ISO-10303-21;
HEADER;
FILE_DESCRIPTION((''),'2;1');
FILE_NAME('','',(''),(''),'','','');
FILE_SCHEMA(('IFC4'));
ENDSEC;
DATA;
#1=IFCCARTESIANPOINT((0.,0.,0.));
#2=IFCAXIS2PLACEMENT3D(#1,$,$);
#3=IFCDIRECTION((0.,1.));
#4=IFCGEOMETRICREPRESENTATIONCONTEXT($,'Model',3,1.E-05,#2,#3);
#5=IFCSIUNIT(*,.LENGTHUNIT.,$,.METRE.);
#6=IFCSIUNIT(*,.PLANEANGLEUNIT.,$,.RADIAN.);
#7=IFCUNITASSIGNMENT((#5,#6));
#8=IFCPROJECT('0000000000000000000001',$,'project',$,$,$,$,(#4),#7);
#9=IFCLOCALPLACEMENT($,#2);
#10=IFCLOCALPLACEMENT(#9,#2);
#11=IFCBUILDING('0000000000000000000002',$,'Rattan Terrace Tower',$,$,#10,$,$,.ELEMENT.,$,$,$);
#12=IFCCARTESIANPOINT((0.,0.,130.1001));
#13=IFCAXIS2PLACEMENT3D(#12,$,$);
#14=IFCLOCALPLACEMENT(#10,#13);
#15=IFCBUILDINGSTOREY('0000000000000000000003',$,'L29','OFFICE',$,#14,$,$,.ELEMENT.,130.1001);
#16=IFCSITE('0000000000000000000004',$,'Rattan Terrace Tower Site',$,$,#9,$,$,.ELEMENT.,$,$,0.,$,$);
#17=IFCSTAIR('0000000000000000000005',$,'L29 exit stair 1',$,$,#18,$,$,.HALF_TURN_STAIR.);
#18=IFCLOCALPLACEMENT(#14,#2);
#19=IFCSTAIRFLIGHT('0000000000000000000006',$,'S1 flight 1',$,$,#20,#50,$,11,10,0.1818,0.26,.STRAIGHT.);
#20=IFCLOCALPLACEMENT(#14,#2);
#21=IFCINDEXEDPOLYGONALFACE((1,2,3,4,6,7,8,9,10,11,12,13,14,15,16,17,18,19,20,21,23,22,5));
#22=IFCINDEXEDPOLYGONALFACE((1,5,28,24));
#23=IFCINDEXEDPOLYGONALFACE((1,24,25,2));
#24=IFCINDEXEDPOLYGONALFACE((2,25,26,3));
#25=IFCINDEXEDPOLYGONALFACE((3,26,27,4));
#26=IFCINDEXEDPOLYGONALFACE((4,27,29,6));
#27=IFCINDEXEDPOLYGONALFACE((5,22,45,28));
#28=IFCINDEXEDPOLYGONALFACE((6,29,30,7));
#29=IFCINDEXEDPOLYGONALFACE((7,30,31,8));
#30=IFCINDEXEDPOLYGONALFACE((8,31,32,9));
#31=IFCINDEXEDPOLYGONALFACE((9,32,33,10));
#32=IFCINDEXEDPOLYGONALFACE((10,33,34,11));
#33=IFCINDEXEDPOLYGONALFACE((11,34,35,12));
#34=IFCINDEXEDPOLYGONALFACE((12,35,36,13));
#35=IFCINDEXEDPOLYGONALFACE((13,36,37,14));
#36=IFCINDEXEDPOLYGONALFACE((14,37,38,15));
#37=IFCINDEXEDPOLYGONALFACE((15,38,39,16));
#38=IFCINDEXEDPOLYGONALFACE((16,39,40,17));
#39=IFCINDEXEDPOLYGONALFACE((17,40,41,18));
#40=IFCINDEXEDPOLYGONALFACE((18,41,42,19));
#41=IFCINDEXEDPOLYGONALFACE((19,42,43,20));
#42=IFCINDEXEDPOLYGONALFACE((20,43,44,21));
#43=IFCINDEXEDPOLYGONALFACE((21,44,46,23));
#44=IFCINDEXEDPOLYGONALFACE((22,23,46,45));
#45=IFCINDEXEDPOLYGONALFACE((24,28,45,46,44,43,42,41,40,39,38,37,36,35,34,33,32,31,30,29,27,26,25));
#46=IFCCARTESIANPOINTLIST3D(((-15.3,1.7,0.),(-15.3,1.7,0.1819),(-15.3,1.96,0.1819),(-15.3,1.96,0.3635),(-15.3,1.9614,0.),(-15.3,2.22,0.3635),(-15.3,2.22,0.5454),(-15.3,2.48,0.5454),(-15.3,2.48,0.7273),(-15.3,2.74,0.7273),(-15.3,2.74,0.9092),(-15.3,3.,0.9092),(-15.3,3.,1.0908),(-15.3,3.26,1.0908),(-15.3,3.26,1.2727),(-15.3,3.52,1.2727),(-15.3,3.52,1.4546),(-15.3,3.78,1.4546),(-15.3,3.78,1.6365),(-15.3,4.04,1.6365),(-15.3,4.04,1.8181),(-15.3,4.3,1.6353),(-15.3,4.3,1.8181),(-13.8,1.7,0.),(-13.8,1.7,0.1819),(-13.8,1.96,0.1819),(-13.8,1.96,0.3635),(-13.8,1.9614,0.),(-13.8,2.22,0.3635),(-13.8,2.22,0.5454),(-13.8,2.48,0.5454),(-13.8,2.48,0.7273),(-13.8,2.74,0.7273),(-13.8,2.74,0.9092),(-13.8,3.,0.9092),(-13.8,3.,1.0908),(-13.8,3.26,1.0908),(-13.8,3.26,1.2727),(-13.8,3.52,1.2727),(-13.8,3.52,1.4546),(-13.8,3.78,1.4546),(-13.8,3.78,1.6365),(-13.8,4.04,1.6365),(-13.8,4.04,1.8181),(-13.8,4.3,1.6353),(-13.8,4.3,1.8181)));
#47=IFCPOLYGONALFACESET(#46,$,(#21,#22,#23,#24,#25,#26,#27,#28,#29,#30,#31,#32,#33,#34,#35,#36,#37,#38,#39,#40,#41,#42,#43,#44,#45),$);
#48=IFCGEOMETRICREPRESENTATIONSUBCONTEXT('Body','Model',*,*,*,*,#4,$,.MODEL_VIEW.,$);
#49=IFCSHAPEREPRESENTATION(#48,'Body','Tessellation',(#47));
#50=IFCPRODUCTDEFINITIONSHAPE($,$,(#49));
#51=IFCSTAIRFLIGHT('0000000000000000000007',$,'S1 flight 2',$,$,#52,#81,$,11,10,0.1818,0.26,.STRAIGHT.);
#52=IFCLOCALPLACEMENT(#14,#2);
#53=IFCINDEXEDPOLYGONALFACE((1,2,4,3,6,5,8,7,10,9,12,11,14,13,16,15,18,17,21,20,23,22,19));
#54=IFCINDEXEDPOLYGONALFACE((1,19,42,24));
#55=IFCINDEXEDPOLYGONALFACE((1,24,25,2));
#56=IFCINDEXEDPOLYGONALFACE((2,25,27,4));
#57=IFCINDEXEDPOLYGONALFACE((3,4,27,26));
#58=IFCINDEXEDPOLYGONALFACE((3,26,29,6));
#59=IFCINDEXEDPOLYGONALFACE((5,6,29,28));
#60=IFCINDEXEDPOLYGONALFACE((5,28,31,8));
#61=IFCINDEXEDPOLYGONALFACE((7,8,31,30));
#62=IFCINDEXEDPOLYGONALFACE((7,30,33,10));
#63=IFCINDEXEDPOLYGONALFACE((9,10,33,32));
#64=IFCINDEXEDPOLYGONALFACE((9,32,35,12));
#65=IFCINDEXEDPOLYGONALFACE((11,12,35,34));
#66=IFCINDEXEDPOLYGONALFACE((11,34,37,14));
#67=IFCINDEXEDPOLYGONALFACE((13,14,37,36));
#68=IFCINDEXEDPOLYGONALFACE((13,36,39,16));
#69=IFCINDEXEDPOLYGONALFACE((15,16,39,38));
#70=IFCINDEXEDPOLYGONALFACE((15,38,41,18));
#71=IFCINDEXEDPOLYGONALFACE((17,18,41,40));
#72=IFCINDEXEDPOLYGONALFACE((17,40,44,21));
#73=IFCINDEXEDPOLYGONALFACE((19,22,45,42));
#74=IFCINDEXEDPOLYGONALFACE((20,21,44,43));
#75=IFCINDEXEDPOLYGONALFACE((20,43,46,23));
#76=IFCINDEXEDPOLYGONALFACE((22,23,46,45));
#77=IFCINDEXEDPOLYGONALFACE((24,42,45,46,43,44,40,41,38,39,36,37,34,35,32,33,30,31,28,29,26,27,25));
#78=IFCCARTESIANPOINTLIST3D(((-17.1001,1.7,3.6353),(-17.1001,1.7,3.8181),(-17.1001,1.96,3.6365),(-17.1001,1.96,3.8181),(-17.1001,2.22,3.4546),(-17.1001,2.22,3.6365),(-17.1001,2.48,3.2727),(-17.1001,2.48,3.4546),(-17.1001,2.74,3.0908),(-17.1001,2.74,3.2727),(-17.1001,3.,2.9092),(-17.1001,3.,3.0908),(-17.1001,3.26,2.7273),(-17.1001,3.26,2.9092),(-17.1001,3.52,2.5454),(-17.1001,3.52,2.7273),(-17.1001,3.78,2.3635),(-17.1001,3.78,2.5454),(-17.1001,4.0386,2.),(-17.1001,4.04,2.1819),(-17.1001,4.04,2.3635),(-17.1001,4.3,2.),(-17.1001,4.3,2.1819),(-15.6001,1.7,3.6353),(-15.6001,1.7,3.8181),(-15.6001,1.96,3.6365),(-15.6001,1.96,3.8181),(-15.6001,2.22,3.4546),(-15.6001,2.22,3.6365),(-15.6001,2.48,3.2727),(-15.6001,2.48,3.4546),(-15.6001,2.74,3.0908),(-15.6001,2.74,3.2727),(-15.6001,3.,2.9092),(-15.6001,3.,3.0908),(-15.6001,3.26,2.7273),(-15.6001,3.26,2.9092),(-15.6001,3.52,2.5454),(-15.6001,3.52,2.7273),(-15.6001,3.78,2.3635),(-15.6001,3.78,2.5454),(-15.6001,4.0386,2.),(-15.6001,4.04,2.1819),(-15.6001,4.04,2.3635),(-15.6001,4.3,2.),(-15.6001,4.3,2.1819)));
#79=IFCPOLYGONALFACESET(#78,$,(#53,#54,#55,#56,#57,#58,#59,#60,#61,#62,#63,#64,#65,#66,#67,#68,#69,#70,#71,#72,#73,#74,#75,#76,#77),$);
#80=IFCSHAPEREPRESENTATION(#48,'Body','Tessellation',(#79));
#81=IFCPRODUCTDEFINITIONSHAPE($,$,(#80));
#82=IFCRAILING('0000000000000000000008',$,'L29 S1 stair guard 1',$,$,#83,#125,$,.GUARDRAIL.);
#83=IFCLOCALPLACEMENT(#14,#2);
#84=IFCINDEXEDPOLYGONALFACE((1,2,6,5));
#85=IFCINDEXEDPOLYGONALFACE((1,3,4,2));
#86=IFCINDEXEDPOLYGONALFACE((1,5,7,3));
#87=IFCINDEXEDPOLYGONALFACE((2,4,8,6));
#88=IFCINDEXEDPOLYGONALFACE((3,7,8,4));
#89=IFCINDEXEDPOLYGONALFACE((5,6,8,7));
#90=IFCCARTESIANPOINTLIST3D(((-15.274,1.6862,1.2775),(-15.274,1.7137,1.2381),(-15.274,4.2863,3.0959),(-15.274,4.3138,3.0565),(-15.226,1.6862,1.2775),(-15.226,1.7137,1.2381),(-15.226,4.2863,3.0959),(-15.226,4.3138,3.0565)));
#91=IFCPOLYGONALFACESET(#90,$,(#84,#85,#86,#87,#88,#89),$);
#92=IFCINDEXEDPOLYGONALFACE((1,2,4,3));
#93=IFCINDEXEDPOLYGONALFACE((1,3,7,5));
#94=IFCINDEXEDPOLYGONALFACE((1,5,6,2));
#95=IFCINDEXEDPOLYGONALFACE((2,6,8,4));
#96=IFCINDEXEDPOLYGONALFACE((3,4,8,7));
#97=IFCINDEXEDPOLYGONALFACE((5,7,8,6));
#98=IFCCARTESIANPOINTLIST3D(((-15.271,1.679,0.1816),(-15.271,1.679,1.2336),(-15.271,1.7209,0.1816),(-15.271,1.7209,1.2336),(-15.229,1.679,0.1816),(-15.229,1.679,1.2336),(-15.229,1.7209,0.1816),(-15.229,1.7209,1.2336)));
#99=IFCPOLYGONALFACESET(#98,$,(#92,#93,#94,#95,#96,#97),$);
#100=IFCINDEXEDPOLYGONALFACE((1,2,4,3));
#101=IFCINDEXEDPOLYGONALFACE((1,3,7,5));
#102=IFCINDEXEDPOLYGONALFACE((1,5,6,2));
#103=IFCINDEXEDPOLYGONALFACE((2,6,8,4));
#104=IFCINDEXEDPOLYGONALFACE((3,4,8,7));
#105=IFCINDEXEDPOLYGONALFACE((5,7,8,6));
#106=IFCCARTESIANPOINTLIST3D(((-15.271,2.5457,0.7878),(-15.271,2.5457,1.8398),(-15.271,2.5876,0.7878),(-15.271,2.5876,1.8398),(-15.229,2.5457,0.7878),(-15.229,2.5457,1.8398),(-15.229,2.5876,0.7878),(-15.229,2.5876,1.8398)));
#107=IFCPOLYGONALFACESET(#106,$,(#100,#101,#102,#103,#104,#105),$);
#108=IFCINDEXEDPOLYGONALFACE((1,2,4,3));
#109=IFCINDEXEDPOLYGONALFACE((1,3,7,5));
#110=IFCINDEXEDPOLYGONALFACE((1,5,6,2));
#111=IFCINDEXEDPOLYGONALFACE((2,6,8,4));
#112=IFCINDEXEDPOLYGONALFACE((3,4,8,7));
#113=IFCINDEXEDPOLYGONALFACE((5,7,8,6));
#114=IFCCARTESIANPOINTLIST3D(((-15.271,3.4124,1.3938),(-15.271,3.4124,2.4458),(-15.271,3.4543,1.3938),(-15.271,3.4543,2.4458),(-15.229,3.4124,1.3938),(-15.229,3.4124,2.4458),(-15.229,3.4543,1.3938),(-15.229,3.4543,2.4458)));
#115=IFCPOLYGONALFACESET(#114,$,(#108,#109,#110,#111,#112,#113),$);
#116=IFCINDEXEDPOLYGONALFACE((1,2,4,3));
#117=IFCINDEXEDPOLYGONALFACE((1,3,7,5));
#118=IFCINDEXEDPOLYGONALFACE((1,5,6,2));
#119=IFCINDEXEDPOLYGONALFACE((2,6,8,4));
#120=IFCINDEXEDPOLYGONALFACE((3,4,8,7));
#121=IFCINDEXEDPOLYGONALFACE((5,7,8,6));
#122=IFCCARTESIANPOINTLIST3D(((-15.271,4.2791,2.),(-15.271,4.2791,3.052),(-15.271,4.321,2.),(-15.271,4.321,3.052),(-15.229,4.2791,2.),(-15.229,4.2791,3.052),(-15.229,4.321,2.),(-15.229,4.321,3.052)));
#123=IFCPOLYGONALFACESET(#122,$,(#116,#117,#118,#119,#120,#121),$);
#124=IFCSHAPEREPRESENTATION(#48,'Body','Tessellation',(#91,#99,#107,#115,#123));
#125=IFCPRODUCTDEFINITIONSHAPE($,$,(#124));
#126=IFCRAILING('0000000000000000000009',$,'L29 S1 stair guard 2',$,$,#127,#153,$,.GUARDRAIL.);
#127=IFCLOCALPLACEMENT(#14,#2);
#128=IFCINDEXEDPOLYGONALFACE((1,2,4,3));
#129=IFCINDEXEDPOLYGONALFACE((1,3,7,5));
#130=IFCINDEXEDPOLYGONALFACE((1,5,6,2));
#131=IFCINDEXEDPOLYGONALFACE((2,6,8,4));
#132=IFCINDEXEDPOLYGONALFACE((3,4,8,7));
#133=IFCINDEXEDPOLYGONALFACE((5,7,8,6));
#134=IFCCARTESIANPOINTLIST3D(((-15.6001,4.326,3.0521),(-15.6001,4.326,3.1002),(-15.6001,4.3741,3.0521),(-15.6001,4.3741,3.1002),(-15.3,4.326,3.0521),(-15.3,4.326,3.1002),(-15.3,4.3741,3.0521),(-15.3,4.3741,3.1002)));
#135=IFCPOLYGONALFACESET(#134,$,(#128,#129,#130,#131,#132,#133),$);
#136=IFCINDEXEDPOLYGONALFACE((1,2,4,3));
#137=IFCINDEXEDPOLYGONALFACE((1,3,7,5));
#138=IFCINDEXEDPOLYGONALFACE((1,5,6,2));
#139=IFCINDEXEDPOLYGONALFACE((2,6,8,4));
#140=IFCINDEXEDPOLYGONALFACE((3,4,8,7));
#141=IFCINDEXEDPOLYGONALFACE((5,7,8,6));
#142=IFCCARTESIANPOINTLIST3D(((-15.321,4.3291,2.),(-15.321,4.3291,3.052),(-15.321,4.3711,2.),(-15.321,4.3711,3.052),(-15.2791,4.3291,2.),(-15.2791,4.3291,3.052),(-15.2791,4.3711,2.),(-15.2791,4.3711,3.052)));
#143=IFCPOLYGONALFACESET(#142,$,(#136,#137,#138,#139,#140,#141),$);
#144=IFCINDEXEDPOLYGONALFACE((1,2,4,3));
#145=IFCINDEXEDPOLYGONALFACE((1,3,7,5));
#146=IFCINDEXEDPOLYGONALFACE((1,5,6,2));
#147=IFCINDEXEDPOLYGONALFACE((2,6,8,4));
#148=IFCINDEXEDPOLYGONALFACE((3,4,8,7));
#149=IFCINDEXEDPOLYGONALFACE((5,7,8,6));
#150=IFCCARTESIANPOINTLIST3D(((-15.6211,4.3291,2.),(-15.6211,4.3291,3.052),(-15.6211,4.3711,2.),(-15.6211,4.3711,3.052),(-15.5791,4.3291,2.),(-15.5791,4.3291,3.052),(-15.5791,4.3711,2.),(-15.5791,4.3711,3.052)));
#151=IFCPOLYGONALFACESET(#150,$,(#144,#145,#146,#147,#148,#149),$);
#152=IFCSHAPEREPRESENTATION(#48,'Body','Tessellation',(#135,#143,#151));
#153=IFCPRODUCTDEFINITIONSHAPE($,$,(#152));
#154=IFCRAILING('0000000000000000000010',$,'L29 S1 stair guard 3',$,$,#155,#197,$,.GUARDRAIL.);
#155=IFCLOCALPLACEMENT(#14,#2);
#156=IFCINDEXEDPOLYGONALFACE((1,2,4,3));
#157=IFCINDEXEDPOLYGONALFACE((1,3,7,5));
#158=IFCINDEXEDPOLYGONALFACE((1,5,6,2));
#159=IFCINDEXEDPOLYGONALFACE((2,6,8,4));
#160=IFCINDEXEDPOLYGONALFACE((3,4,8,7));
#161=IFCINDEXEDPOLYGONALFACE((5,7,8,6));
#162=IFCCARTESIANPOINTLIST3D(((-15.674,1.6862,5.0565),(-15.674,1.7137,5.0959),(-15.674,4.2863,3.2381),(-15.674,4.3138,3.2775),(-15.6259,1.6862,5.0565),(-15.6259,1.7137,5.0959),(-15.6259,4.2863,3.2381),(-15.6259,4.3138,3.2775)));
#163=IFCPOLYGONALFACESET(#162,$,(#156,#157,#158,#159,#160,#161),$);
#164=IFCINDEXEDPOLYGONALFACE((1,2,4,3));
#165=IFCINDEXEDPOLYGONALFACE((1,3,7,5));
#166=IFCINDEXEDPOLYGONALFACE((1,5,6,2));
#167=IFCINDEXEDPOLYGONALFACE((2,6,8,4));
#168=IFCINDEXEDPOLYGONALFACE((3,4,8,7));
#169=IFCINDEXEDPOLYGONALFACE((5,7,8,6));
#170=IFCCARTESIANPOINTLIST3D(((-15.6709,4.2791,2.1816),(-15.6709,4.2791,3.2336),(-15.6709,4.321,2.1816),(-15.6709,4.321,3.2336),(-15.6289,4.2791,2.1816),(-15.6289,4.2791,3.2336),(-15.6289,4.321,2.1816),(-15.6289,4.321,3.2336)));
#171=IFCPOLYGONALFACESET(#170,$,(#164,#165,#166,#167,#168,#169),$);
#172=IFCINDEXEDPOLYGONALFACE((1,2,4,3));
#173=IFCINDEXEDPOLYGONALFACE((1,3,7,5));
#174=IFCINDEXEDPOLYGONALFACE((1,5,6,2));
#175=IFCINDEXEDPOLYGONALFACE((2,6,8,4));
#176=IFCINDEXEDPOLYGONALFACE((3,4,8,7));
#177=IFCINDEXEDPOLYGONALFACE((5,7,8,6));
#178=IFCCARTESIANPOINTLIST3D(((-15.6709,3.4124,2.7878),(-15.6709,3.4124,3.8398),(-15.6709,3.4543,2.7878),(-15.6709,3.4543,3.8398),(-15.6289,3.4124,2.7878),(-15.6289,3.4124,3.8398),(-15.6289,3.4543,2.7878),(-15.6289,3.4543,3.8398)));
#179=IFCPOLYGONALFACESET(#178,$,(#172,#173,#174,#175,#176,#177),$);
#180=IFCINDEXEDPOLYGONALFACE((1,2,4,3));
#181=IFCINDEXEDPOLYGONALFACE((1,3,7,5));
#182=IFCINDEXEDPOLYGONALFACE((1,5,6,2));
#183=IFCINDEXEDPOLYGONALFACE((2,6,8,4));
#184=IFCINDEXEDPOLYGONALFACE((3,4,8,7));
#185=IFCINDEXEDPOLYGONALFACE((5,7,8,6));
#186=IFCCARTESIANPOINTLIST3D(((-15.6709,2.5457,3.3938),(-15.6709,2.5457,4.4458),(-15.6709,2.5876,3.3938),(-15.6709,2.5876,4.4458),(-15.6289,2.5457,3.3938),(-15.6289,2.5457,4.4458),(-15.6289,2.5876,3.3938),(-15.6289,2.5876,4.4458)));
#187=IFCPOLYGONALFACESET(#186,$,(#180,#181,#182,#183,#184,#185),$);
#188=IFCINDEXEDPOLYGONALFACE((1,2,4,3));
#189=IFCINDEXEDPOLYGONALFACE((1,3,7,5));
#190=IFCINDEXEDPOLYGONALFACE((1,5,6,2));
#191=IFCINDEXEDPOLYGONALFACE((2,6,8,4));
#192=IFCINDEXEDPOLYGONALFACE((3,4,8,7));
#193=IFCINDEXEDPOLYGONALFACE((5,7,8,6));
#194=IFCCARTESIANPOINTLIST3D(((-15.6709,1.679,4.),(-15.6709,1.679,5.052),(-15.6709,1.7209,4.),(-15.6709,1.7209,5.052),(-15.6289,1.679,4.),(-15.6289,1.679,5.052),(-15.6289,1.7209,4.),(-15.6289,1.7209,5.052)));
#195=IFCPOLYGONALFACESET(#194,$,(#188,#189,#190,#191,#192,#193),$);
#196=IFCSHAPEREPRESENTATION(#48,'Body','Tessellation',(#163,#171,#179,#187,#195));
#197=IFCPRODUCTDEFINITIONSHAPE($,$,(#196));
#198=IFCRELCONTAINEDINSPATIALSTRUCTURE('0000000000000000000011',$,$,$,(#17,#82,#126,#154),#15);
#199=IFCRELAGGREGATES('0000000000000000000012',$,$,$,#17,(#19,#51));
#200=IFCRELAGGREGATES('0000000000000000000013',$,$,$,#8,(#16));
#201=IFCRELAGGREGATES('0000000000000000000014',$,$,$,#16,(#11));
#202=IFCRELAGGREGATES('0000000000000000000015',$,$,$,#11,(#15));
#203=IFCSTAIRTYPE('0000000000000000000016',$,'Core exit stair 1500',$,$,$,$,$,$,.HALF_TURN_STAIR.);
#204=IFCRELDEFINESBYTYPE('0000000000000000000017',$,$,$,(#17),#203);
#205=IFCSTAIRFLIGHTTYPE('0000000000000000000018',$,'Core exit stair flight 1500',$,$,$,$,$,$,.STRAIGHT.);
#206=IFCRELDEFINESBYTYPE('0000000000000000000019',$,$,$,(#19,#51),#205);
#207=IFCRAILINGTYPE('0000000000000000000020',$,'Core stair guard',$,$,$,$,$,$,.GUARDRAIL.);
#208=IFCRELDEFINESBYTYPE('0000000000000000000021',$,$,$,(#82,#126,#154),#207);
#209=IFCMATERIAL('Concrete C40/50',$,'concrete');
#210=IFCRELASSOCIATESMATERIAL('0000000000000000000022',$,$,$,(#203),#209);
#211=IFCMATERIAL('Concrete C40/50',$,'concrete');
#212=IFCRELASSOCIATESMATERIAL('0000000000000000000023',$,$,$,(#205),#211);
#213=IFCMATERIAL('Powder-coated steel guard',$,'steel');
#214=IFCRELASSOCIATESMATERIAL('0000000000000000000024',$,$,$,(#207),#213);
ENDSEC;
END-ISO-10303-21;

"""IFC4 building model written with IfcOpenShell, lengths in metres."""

from ifc_helpers import new_model, si_unit, direction, frame, origin, origin_2d, place, context, subcontext, project, spatial, polyline, rectangle, outline, extrude, material, type_object, element, aggregate, save


model = new_model("IFC4")

# Units and contexts
model_context = context("Model", 3, precision=1e-05, world=origin(), true_north=direction((0.0, 1.0)))
body_context = subcontext(model_context, "Body", "Model", "MODEL_VIEW")
ifc_project = project(units=[si_unit("LENGTHUNIT", "METRE"), si_unit("PLANEANGLEUNIT", "RADIAN")], contexts=[model_context])

# Site, building, storey
site_placement = place(None, origin())
site = spatial("IfcSite", under=ifc_project, at=site_placement, Name="Rattan Terrace Tower Site", CompositionType="ELEMENT", RefElevation=0.0)
building_placement = place(site_placement, origin())
building = spatial("IfcBuilding", under=site, at=building_placement, Name="Rattan Terrace Tower", CompositionType="ELEMENT")
storey_placement = place(building_placement, frame((0.0, 0.0, 130.1001)))
storey = spatial("IfcBuildingStorey", under=building, at=storey_placement, Name="L29", Description="OFFICE", CompositionType="ELEMENT", Elevation=130.1001)

# Stair, stair flights
ifc_material_1 = material(Name="Concrete C40/50", Category="concrete")
stair_type = type_object("IfcStairType", Name="Core exit stair 1500", PredefinedType="HALF_TURN_STAIR", material=ifc_material_1)
stair_placement = place(storey_placement, origin())
stair = element("IfcStair", 1, at=stair_placement, inside=storey, type_object=stair_type, Name="L29 exit stair 1", PredefinedType="HALF_TURN_STAIR")
ifc_material_2 = material(Name="Concrete C40/50", Category="concrete")
stair_flight_type = type_object("IfcStairFlightType", Name="Core exit stair flight 1500", PredefinedType="STRAIGHT", material=ifc_material_2)
stair_flight_1_placement = place(storey_placement, frame((-14.55, 1.7, 0.0), z_axis=(0.0, 0.0, 1.0), x_axis=(0.0, 1.0, 0.0)))
stair_flight_1 = element("IfcStairFlight", 2, at=stair_flight_1_placement, type_object=stair_flight_type, Name="S1 flight 1", NumberOfRisers=11, NumberOfTreads=10, PredefinedType="STRAIGHT", RiserHeight=0.1818, TreadLength=0.26, context=body_context, shape_type="SweptSolid", body=[
    extrude(outline(polyline([(0.0, 0.0), (0.0, 0.1819), (0.26, 0.1819), (0.26, 0.3635), (0.52, 0.3635), (0.52, 0.5454), (0.78, 0.5454), (0.78, 0.7273), (1.04, 0.7273), (1.04, 0.9092), (1.3, 0.9092), (1.3, 1.0908), (1.5601, 1.0908), (1.5601, 1.2727), (1.8201, 1.2727), (1.8201, 1.4546), (2.0801, 1.4546), (2.0801, 1.6365), (2.3401, 1.6365), (2.3401, 1.8181), (2.6001, 1.8181), (2.6001, 2.0), (2.6001, 1.6353), (0.2615, 0.0), (0.0, 0.0)])), frame((0.0, 0.75, 0.0), z_axis=(0.0, -1.0, 0.0), x_axis=(1.0, 0.0, 0.0)), (0.0, 0.0, 1.0), 1.5),
])
stair_flight_2_placement = place(storey_placement, frame((-16.3501, 4.3, 2.0), z_axis=(0.0, 0.0, 1.0), x_axis=(0.0, -1.0, 0.0)))
stair_flight_2 = element("IfcStairFlight", 3, at=stair_flight_2_placement, type_object=stair_flight_type, Name="S1 flight 2", NumberOfRisers=11, NumberOfTreads=10, PredefinedType="STRAIGHT", RiserHeight=0.1818, TreadLength=0.26, context=body_context, shape_type="SweptSolid", body=[
    extrude(outline(polyline([(0.0, 0.0), (0.0, 0.1819), (0.26, 0.1819), (0.26, 0.3635), (0.52, 0.3635), (0.52, 0.5454), (0.78, 0.5454), (0.78, 0.7273), (1.04, 0.7273), (1.04, 0.9092), (1.3, 0.9092), (1.3, 1.0908), (1.5601, 1.0908), (1.5601, 1.2727), (1.8201, 1.2727), (1.8201, 1.4546), (2.0801, 1.4546), (2.0801, 1.6365), (2.3401, 1.6365), (2.3401, 1.8181), (2.6001, 1.8181), (2.6001, 2.0), (2.6001, 1.6353), (0.2615, 0.0), (0.0, 0.0)])), frame((0.0, 0.75, 0.0), z_axis=(0.0, -1.0, 0.0), x_axis=(1.0, 0.0, 0.0)), (0.0, 0.0, 1.0), 1.5),
])
aggregate(stair, [stair_flight_1, stair_flight_2])

# Railings
ifc_material_3 = material(Name="Powder-coated steel guard", Category="steel")
railing_type_1 = type_object("IfcRailingType", Name="Core stair guard", PredefinedType="GUARDRAIL", material=ifc_material_3)
railing_1_placement = place(storey_placement, frame((-15.25, 1.7, 0.1816)))
element("IfcRailing", 4, at=railing_1_placement, inside=storey, type_object=railing_type_1, Name="L29 S1 stair guard 1", PredefinedType="GUARDRAIL", context=body_context, shape_type="SweptSolid", body=[
    extrude(rectangle(XDim=0.0481, YDim=0.0481, at=origin_2d()), frame((0.0, 0.0, 1.0762), z_axis=(0.0, 0.819485, 0.573101), x_axis=(-1.0, 0.0, 0.0)), (0.0, 0.0, 1.0), 3.1729),
    extrude(rectangle(XDim=0.042, YDim=0.042, at=origin_2d()), origin(), (0.0, 0.0, 1.0), 1.052),
    extrude(rectangle(XDim=0.042, YDim=0.042, at=origin_2d()), frame((0.0, 0.8667, 0.6062)), (0.0, 0.0, 1.0), 1.052),
    extrude(rectangle(XDim=0.042, YDim=0.042, at=origin_2d()), frame((0.0, 1.7334, 1.2122)), (0.0, 0.0, 1.0), 1.052),
    extrude(rectangle(XDim=0.042, YDim=0.042, at=origin_2d()), frame((0.0, 2.6001, 1.8184)), (0.0, 0.0, 1.0), 1.052),
])
railing_2_placement = place(storey_placement, frame((-15.3, 4.3501, 2.0)))
element("IfcRailing", 5, at=railing_2_placement, inside=storey, type_object=railing_type_1, Name="L29 S1 stair guard 2", PredefinedType="GUARDRAIL", context=body_context, shape_type="SweptSolid", body=[
    extrude(rectangle(XDim=0.0481, YDim=0.0481, at=origin_2d()), frame((0.0, 0.0, 1.0762), z_axis=(-1.0, 0.0, 0.0), x_axis=(0.0, -1.0, 0.0)), (0.0, 0.0, 1.0), 0.3),
    extrude(rectangle(XDim=0.042, YDim=0.042, at=origin_2d()), origin(), (0.0, 0.0, 1.0), 1.052),
    extrude(rectangle(XDim=0.042, YDim=0.042, at=origin_2d()), frame((-0.3, 0.0, 0.0)), (0.0, 0.0, 1.0), 1.052),
])
railing_3_placement = place(storey_placement, frame((-15.6499, 4.3, 2.1816)))
element("IfcRailing", 6, at=railing_3_placement, inside=storey, type_object=railing_type_1, Name="L29 S1 stair guard 3", PredefinedType="GUARDRAIL", context=body_context, shape_type="SweptSolid", body=[
    extrude(rectangle(XDim=0.0481, YDim=0.0481, at=origin_2d()), frame((0.0, 0.0, 1.0762), z_axis=(0.0, -0.819485, 0.573101), x_axis=(1.0, 0.0, 0.0)), (0.0, 0.0, 1.0), 3.1729),
    extrude(rectangle(XDim=0.042, YDim=0.042, at=origin_2d()), origin(), (0.0, 0.0, 1.0), 1.052),
    extrude(rectangle(XDim=0.042, YDim=0.042, at=origin_2d()), frame((0.0, -0.8667, 0.6062)), (0.0, 0.0, 1.0), 1.052),
    extrude(rectangle(XDim=0.042, YDim=0.042, at=origin_2d()), frame((0.0, -1.7334, 1.2122)), (0.0, 0.0, 1.0), 1.052),
    extrude(rectangle(XDim=0.042, YDim=0.042, at=origin_2d()), frame((0.0, -2.6001, 1.8184)), (0.0, 0.0, 1.0), 1.052),
])

save(model, "model.ifc")
